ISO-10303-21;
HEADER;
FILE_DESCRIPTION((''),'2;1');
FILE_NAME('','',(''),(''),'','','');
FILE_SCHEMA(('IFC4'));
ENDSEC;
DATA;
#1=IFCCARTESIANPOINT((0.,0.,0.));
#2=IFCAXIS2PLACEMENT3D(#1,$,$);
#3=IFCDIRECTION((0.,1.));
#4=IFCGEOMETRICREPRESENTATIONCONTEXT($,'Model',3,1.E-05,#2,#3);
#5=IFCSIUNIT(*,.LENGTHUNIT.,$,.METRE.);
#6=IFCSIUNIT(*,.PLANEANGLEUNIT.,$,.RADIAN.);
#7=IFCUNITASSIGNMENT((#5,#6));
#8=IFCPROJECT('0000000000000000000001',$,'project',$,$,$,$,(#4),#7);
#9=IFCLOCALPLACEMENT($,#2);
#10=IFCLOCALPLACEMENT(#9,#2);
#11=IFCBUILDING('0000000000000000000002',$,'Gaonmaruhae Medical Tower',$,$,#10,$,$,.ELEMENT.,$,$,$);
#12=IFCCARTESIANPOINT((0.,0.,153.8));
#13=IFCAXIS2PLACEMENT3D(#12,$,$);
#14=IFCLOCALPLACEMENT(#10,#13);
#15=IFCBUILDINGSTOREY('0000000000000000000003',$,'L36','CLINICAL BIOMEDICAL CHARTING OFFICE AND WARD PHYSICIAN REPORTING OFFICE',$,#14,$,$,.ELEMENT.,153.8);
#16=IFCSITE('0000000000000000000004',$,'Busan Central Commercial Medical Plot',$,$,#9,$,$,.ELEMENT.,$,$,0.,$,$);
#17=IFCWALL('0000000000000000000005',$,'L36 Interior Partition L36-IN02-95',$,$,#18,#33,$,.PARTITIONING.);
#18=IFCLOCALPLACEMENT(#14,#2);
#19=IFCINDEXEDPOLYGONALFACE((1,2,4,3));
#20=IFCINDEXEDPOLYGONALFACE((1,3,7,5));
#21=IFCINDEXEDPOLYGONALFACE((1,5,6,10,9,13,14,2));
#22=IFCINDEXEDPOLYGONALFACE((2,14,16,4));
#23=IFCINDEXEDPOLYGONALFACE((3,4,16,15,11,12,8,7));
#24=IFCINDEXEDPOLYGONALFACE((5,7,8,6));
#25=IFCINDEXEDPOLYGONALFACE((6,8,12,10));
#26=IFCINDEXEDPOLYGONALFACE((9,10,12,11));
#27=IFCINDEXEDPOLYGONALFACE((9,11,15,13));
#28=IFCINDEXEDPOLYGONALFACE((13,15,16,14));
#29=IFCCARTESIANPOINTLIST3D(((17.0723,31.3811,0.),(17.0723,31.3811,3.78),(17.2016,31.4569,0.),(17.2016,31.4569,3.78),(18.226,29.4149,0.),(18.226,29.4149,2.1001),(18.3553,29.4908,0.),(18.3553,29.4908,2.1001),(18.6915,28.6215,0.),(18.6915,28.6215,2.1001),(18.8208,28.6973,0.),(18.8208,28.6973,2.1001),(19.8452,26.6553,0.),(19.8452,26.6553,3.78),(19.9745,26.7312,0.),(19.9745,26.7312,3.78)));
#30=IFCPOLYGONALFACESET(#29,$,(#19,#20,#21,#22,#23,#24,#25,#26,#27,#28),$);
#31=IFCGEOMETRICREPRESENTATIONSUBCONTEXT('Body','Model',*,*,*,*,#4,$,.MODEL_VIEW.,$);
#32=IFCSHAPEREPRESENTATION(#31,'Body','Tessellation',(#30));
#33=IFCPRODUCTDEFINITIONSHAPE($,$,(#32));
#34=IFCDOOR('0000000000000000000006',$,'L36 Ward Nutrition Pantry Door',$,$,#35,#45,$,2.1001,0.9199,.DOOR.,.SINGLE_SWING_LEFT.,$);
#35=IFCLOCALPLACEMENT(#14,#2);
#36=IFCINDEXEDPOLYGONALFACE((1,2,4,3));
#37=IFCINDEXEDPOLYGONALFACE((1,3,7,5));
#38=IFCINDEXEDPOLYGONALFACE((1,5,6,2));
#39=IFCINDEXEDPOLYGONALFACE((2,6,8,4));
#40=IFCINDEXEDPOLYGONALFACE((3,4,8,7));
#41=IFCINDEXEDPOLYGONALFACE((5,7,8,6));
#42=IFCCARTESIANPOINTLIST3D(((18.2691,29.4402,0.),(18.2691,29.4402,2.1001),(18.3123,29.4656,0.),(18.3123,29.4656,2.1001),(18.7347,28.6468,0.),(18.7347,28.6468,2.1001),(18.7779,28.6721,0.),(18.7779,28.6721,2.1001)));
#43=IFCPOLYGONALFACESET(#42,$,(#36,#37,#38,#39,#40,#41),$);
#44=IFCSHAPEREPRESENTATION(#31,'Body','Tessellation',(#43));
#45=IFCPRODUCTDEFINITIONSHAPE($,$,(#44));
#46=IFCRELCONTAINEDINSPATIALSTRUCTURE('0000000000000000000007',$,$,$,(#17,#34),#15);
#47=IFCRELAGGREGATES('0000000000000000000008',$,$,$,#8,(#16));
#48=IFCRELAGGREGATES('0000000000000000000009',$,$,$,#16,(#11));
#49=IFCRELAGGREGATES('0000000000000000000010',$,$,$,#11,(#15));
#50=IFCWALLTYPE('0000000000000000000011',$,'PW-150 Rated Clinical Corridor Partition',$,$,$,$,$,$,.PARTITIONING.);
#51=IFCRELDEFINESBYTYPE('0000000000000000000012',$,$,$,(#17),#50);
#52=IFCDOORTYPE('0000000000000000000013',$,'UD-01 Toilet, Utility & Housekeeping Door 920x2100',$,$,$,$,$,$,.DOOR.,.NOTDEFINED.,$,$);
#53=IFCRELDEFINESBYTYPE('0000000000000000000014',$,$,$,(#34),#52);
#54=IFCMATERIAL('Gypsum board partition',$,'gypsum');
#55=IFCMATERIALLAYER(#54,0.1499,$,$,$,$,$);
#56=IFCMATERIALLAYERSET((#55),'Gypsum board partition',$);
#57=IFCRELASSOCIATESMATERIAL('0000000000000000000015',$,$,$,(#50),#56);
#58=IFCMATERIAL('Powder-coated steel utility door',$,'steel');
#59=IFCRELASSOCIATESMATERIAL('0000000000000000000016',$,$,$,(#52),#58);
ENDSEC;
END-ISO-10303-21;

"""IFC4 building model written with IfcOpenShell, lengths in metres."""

from ifc_helpers import new_model, si_unit, direction, frame, frame_2d, origin, place, context, subcontext, project, spatial, rectangle, extrude, material, layer, layer_set, type_object, element, fill, save


model = new_model("IFC4")

# Units and contexts
model_context = context("Model", 3, precision=1e-05, world=origin(), true_north=direction((0.0, 1.0)))
body_context = subcontext(model_context, "Body", "Model", "MODEL_VIEW")
ifc_project = project(units=[si_unit("LENGTHUNIT", "METRE"), si_unit("PLANEANGLEUNIT", "RADIAN")], contexts=[model_context])

# Site, building, storey
site_placement = place(None, origin())
site = spatial("IfcSite", under=ifc_project, at=site_placement, Name="Busan Central Commercial Medical Plot", CompositionType="ELEMENT", RefElevation=0.0)
building_placement = place(site_placement, origin())
building = spatial("IfcBuilding", under=site, at=building_placement, Name="Gaonmaruhae Medical Tower", CompositionType="ELEMENT")
storey_placement = place(building_placement, frame((0.0, 0.0, 153.8)))
storey = spatial("IfcBuildingStorey", under=building, at=storey_placement, Name="L36", Description="CLINICAL BIOMEDICAL CHARTING OFFICE AND WARD PHYSICIAN REPORTING OFFICE", CompositionType="ELEMENT", Elevation=153.8)

# Shared definitions
ifc_material_1 = material(Name="Gypsum board partition", Category="gypsum")
ifc_layer_1 = layer(ifc_material_1, 0.1499)
ifc_layer_set_1 = layer_set([ifc_layer_1], Name="Gypsum board partition")
wall_type = type_object("IfcWallType", Name="PW-150 Rated Clinical Corridor Partition", PredefinedType="PARTITIONING", material=ifc_layer_set_1)

# Wall, opening, door
wall_1_placement = place(storey_placement, frame((19.9099, 26.6931, 0.0), z_axis=(0.0, 0.0, 1.0), x_axis=(-0.506077, 0.862488, 0.0)))
wall_1 = element("IfcWall", 1, at=wall_1_placement, inside=storey, type_object=wall_type, Name="L36 Interior Partition L36-IN02-95", PredefinedType="PARTITIONING", context=body_context, shape_type="SweptSolid", body=[
    extrude(rectangle(XDim=5.4792, YDim=0.1499, at=frame_2d((2.7397, 0.0))), origin(), (0.0, 0.0, 1.0), 3.78),
])
opening_1_placement = place(wall_1_placement, frame((2.2798, 0.0, 0.0)))
opening_1 = element("IfcOpeningElement", 2, at=opening_1_placement, cuts=wall_1, PredefinedType="OPENING", context=body_context, shape_type="SweptSolid", body=[
    extrude(rectangle(XDim=0.9199, YDim=2.1001, at=frame_2d((0.46, 1.05))), frame((0.0, 0.085, 0.0), z_axis=(0.0, -1.0, 0.0), x_axis=(1.0, 0.0, 0.0)), (0.0, 0.0, 1.0), 0.1699),
])
ifc_material_2 = material(Name="Powder-coated steel utility door", Category="steel")
door_type_1 = type_object("IfcDoorType", Name="UD-01 Toilet, Utility & Housekeeping Door 920x2100", OperationType="NOTDEFINED", PredefinedType="DOOR", material=ifc_material_2)
door_1_placement = place(opening_1_placement, origin())
door_1 = element("IfcDoor", 3, at=door_1_placement, inside=storey, type_object=door_type_1, Name="L36 Ward Nutrition Pantry Door", OperationType="SINGLE_SWING_LEFT", OverallHeight=2.1001, OverallWidth=0.9199, PredefinedType="DOOR", context=body_context, shape_type="SweptSolid", body=[
    extrude(rectangle(XDim=0.9199, YDim=2.1001, at=frame_2d((0.46, 1.05))), frame((0.0, 0.0249, 0.0), z_axis=(0.0, -1.0, 0.0), x_axis=(1.0, 0.0, 0.0)), (0.0, 0.0, 1.0), 0.05),
])
fill(opening_1, door_1)

save(model, "model.ifc")
